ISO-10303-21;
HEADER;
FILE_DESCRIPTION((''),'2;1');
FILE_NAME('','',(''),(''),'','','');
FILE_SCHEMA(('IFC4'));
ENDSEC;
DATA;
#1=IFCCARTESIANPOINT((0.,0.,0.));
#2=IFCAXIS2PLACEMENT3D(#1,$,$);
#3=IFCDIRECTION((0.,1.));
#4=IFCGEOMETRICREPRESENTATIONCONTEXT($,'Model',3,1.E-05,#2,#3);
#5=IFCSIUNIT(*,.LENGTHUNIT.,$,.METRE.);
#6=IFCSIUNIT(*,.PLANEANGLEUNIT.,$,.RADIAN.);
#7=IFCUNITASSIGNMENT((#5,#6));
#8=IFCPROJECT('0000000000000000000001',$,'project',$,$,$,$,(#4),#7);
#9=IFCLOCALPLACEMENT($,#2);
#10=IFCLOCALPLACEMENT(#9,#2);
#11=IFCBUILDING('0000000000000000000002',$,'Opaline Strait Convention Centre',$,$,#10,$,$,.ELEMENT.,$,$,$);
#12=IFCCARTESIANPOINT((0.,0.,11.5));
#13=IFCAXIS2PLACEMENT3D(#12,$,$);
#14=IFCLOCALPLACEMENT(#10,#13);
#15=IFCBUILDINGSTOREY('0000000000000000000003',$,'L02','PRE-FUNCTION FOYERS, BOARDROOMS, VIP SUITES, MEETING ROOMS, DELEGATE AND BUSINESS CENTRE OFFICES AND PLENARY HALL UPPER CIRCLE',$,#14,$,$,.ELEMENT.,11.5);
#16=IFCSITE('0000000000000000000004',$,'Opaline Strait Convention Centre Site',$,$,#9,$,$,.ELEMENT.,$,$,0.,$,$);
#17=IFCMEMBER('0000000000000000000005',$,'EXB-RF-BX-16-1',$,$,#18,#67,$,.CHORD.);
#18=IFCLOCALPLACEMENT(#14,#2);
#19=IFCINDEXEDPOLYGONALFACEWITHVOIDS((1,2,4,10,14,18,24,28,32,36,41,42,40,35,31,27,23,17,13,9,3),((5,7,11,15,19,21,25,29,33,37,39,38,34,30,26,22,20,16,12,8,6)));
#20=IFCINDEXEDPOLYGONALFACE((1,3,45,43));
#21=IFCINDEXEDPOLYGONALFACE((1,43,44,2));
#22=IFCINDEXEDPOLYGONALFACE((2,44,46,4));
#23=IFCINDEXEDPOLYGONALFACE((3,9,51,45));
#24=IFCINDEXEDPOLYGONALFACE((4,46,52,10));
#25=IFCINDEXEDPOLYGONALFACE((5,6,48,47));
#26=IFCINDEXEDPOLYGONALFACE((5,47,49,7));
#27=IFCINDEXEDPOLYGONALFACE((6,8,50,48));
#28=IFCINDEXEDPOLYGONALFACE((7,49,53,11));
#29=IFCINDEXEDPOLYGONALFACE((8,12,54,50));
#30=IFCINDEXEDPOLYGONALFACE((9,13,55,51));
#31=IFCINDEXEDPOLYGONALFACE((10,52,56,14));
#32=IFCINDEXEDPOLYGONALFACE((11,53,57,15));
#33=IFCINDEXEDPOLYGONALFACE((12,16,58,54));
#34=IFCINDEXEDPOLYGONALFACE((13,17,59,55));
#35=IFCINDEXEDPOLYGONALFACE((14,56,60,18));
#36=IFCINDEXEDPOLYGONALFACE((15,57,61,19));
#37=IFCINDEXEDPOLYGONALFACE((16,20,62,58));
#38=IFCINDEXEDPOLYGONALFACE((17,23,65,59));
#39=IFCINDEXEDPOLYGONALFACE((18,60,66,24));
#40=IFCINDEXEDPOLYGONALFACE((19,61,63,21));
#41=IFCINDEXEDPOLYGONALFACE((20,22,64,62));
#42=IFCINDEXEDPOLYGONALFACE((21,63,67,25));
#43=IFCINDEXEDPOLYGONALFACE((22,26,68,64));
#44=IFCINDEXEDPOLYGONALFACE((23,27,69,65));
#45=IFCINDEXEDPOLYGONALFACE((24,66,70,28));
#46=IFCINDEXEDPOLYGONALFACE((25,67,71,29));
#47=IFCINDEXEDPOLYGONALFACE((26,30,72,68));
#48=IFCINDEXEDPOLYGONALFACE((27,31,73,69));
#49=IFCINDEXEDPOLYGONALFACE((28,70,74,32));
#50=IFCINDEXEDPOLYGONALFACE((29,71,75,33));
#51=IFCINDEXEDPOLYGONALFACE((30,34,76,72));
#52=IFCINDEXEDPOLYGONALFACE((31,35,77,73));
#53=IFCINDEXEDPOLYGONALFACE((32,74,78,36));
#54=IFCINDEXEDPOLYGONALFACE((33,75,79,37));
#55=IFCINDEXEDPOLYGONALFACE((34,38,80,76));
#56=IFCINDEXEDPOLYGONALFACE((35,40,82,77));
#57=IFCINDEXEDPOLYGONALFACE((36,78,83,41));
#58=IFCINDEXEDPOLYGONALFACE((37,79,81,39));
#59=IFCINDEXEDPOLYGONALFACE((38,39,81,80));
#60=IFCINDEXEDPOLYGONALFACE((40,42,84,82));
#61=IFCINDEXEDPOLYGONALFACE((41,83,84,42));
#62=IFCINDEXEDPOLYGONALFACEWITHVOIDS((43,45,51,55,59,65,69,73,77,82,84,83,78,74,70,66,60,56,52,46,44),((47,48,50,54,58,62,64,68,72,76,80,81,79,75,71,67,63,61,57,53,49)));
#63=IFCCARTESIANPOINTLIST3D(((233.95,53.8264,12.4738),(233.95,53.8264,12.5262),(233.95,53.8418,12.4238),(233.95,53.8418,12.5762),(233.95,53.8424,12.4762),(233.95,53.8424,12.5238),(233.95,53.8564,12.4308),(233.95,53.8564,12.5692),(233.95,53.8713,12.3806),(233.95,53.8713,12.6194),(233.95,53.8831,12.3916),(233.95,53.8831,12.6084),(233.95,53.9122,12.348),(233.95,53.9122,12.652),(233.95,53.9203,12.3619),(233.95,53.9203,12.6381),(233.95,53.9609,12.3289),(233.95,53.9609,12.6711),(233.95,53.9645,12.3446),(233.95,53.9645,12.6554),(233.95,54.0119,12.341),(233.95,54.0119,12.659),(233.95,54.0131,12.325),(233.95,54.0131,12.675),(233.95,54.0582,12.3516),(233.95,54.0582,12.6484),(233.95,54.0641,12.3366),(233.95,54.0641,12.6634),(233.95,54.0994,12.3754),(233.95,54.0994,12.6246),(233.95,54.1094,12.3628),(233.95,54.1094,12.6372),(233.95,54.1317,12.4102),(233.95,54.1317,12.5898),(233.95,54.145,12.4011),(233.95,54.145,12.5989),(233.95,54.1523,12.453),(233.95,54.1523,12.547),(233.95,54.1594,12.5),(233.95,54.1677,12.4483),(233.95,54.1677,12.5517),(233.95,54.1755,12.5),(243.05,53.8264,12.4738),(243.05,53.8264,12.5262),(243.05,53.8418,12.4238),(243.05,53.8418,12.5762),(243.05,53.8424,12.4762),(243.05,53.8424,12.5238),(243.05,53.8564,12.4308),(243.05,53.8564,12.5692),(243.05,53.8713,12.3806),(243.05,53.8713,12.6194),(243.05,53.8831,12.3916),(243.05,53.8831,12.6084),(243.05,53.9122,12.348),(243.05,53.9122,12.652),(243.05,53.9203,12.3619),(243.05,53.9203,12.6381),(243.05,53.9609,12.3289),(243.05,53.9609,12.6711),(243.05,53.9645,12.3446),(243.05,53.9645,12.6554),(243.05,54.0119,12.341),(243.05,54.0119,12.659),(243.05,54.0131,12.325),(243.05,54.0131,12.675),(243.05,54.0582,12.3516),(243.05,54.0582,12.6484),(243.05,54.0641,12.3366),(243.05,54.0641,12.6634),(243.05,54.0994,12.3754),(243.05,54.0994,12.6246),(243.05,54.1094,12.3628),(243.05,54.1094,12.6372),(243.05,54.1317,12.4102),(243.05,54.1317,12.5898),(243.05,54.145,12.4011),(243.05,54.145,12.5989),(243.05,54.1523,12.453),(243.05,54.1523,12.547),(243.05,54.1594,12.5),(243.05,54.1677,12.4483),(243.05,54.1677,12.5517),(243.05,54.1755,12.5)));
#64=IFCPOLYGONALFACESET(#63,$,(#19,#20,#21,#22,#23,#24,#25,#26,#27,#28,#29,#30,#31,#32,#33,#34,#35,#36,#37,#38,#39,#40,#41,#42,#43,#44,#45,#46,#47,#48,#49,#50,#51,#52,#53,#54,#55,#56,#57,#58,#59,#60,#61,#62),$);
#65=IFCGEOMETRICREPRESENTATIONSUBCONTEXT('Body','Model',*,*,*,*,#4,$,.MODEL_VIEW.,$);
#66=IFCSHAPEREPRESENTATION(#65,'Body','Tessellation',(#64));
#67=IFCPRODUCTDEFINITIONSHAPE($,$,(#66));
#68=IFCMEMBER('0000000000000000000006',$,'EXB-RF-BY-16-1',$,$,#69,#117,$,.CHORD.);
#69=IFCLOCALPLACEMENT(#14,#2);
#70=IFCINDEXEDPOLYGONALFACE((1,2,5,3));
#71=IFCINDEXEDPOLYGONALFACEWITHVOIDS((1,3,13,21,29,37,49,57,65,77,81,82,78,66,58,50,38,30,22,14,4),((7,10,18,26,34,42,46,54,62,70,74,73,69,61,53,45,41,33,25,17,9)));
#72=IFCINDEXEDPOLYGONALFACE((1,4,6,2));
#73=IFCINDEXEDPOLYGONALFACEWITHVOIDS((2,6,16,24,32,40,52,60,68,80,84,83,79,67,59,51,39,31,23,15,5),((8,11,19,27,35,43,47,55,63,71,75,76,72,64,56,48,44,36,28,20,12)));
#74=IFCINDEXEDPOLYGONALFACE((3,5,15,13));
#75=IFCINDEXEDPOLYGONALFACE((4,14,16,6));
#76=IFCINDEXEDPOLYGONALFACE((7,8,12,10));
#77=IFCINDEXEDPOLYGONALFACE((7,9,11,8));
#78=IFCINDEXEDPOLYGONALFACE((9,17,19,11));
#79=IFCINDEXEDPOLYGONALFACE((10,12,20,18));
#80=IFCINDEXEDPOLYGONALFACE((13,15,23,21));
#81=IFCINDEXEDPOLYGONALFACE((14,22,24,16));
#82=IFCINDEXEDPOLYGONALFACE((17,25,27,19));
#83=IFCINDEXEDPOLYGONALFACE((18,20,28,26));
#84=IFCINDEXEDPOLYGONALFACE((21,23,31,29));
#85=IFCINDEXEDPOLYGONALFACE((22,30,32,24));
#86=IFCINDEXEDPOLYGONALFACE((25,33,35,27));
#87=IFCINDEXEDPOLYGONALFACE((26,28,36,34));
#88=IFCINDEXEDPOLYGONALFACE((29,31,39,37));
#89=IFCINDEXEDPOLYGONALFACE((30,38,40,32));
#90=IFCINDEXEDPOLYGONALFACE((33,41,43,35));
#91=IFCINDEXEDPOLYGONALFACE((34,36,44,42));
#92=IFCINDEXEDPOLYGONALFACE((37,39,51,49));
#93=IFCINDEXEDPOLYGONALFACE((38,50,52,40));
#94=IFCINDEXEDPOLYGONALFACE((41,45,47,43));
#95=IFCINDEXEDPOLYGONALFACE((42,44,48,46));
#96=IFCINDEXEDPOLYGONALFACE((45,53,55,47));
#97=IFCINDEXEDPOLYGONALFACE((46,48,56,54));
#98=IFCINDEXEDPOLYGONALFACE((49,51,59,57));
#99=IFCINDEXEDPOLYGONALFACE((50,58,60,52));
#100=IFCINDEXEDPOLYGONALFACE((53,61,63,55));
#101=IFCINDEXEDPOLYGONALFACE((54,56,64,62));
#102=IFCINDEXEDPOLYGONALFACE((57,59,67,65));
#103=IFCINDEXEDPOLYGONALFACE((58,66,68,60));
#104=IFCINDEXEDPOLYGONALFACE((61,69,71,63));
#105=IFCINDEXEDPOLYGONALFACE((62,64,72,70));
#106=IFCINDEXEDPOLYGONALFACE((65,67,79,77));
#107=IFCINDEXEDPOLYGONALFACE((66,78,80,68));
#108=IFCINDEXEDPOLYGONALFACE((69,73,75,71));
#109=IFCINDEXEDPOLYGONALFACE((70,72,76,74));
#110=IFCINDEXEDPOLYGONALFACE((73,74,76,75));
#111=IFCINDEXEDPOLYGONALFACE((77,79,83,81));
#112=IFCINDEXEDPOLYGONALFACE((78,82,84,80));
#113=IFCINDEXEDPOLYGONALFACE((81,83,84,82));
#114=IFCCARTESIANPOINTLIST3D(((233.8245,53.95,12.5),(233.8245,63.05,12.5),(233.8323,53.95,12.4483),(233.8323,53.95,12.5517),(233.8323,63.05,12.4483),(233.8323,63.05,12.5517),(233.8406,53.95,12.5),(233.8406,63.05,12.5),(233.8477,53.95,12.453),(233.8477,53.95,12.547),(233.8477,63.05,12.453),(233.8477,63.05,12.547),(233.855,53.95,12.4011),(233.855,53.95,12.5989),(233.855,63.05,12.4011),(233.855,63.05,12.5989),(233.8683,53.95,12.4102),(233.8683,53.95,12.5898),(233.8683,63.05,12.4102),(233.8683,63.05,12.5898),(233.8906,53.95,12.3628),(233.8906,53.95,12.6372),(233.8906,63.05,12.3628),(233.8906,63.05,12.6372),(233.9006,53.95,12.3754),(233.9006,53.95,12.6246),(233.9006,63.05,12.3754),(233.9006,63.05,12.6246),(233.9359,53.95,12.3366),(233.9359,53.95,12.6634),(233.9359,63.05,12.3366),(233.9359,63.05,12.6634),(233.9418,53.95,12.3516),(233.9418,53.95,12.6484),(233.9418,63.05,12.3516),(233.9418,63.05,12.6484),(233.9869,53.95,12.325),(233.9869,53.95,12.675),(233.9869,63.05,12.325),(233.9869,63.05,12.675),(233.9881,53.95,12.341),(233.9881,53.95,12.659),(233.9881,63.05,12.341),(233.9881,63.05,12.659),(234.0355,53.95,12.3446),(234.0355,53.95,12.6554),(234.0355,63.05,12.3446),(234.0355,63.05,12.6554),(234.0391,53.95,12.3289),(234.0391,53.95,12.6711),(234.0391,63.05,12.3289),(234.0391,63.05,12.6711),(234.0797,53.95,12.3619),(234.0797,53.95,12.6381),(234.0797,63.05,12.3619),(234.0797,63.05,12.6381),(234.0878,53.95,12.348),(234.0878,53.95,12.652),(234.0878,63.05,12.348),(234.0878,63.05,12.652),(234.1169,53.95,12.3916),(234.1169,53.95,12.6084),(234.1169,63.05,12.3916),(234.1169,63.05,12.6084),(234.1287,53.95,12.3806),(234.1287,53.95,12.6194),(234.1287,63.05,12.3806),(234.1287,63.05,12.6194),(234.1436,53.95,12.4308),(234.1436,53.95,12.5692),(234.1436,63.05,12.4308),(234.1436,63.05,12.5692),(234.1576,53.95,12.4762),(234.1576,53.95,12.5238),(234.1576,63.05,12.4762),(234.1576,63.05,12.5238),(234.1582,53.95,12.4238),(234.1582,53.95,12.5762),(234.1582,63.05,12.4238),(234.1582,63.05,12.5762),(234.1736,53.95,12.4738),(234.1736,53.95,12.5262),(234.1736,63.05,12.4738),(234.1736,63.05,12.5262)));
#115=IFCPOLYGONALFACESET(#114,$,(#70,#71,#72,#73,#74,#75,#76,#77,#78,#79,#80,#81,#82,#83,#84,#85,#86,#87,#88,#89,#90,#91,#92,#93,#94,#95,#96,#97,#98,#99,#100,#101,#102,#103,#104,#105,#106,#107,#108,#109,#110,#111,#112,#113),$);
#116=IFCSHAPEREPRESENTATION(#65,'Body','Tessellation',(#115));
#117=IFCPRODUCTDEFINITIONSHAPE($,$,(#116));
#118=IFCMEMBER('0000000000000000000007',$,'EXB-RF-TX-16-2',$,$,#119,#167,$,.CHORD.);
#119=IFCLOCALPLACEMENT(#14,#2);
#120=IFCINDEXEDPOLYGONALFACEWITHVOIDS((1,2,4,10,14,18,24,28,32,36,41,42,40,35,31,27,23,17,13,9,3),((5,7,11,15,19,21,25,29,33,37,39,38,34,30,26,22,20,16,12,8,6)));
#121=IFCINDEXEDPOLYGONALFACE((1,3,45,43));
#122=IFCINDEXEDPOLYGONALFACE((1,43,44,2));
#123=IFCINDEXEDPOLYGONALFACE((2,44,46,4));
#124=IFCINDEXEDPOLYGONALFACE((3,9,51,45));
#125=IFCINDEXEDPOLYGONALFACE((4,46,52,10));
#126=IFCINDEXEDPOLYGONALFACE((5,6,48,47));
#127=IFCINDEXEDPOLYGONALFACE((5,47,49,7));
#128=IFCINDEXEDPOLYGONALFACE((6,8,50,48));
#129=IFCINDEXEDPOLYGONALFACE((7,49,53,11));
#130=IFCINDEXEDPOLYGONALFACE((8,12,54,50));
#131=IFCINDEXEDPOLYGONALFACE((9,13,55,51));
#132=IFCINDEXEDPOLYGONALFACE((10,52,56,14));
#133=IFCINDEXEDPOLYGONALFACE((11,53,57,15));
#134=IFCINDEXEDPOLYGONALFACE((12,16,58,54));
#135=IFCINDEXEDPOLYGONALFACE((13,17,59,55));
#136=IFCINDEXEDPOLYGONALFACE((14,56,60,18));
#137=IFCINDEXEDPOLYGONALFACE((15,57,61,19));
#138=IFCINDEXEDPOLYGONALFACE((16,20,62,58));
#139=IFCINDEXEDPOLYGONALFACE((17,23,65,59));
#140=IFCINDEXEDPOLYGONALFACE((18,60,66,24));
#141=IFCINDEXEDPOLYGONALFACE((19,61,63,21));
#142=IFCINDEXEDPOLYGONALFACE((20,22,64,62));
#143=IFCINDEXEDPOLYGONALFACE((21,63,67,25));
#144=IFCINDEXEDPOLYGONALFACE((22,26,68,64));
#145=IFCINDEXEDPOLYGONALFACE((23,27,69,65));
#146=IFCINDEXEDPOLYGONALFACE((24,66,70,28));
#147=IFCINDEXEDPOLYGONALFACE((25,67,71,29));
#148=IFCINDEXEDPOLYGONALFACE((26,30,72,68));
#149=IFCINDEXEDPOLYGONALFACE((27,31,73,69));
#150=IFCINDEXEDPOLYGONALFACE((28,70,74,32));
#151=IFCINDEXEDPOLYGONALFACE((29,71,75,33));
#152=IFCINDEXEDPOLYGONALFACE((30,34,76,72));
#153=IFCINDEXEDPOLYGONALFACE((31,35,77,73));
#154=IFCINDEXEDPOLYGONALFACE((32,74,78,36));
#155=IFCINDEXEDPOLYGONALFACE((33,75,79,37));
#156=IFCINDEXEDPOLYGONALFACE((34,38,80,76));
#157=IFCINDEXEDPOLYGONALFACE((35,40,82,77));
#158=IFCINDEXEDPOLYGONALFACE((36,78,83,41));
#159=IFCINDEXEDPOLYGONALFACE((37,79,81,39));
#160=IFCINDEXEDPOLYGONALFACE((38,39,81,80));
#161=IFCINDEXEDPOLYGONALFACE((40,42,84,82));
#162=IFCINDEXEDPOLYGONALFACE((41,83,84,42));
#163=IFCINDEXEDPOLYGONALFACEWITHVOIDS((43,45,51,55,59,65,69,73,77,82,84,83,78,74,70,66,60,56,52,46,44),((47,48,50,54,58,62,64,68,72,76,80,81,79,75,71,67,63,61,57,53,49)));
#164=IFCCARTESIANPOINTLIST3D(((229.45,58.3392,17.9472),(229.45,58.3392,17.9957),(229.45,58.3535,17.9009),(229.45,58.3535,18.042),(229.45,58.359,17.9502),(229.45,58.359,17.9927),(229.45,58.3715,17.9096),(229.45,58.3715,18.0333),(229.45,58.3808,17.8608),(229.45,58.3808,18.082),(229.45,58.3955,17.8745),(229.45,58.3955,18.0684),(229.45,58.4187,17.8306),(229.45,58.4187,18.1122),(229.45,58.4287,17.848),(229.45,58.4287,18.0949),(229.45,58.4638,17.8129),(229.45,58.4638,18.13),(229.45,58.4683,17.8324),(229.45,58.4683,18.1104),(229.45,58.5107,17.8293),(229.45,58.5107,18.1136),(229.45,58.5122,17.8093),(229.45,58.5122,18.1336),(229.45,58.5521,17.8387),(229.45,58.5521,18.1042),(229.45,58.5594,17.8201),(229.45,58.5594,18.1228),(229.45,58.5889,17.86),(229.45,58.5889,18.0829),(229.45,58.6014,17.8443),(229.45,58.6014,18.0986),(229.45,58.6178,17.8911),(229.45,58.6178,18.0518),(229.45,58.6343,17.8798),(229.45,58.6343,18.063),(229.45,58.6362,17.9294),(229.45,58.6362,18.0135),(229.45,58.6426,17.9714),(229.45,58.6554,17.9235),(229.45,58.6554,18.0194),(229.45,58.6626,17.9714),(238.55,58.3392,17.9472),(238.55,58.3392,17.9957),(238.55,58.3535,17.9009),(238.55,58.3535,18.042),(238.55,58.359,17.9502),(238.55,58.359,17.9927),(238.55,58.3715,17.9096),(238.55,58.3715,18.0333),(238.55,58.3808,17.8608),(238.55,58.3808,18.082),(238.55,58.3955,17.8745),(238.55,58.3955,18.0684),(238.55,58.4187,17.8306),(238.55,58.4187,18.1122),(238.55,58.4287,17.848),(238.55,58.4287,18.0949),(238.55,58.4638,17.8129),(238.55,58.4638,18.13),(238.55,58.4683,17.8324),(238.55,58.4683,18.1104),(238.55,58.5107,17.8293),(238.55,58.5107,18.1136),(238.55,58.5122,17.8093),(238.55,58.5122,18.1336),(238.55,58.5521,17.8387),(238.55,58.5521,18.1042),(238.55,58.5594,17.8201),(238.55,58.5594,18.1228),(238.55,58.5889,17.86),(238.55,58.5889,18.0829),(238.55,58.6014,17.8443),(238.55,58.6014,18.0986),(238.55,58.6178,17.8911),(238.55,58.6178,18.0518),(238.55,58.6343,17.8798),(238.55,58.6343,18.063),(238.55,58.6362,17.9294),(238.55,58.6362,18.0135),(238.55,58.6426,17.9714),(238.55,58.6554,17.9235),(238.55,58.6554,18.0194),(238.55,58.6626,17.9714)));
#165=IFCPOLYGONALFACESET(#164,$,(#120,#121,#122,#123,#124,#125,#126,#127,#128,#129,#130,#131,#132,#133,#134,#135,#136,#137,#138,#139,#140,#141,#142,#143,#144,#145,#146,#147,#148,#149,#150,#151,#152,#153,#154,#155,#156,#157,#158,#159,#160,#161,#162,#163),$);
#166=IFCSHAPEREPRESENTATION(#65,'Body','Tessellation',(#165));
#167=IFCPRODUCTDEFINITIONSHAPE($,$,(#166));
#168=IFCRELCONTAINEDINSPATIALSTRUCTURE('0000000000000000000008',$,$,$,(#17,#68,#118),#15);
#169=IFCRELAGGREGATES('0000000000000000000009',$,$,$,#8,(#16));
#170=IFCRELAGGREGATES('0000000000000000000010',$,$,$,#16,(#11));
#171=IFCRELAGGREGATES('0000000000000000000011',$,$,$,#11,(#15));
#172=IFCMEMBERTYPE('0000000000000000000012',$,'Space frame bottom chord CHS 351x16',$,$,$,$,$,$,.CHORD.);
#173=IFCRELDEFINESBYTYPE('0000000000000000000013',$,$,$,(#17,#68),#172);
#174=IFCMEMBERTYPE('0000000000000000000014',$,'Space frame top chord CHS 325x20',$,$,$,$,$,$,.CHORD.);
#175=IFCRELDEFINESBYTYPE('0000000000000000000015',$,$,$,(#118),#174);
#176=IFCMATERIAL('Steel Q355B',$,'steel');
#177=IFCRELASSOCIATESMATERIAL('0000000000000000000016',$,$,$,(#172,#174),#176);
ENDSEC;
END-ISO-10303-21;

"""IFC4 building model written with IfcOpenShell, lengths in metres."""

from ifc_helpers import new_model, si_unit, direction, frame, origin, origin_2d, place, context, subcontext, project, spatial, hollow_circle, extrude, material, material_profile, profile_set, type_object, element, save


model = new_model("IFC4")

# Units and contexts
model_context = context("Model", 3, precision=1e-05, world=origin(), true_north=direction((0.0, 1.0)))
body_context = subcontext(model_context, "Body", "Model", "MODEL_VIEW")
ifc_project = project(units=[si_unit("LENGTHUNIT", "METRE"), si_unit("PLANEANGLEUNIT", "RADIAN")], contexts=[model_context])

# Site, building, storey
site_placement = place(None, origin())
site = spatial("IfcSite", under=ifc_project, at=site_placement, Name="Opaline Strait Convention Centre Site", CompositionType="ELEMENT", RefElevation=0.0)
building_placement = place(site_placement, origin())
building = spatial("IfcBuilding", under=site, at=building_placement, Name="Opaline Strait Convention Centre", CompositionType="ELEMENT")
storey_placement = place(building_placement, frame((0.0, 0.0, 11.5)))
storey = spatial("IfcBuildingStorey", under=building, at=storey_placement, Name="L02", Description="PRE-FUNCTION FOYERS, BOARDROOMS, VIP SUITES, MEETING ROOMS, DELEGATE AND BUSINESS CENTRE OFFICES AND PLENARY HALL UPPER CIRCLE", CompositionType="ELEMENT", Elevation=11.5)

# Members
ifc_material_1 = material(Name="Steel Q355B", Category="steel")
ifc_material_profile_1 = material_profile(ifc_material_1, hollow_circle(Radius=0.1755, WallThickness=0.0161, at=origin_2d()), Name="CHS 351x16")
ifc_profile_set_1 = profile_set([ifc_material_profile_1], Name="Steel Q355B")
member_type_1 = type_object("IfcMemberType", Name="Space frame bottom chord CHS 351x16", PredefinedType="CHORD", material=ifc_profile_set_1)
for number, where, z_axis, x_axis, name in (
    (1, (233.95, 54.0, 12.5), (1.0, 0.0, 0.0), (0.0, 1.0, 0.0), "EXB-RF-BX-16-1"),
    (2, (234.0, 53.95, 12.5), (0.0, 1.0, 0.0), (-1.0, 0.0, 0.0), "EXB-RF-BY-16-1"),
):
    element("IfcMember", number, at=place(storey_placement, frame(where, z_axis=z_axis, x_axis=x_axis)), inside=storey, type_object=member_type_1, Name=name, PredefinedType="CHORD", context=body_context, shape_type="SweptSolid", body=[
        extrude(hollow_circle(Radius=0.1755, WallThickness=0.0161, at=origin_2d()), origin(), (0.0, 0.0, 1.0), 9.1001),
    ])
ifc_material_profile_2 = material_profile(ifc_material_1, hollow_circle(Radius=0.1626, WallThickness=0.02, at=origin_2d()), Name="CHS 325x20")
ifc_profile_set_2 = profile_set([ifc_material_profile_2], Name="Steel Q355B")
member_type_2 = type_object("IfcMemberType", Name="Space frame top chord CHS 325x20", PredefinedType="CHORD", material=ifc_profile_set_2)
for number, where, z_axis, x_axis, name in (
    (3, (229.45, 58.5, 17.9714), (1.0, 0.0, 0.0), (0.0, 1.0, 0.0), "EXB-RF-TX-16-2"),
):
    element("IfcMember", number, at=place(storey_placement, frame(where, z_axis=z_axis, x_axis=x_axis)), inside=storey, type_object=member_type_2, Name=name, PredefinedType="CHORD", context=body_context, shape_type="SweptSolid", body=[
        extrude(hollow_circle(Radius=0.1626, WallThickness=0.02, at=origin_2d()), origin(), (0.0, 0.0, 1.0), 9.1001),
    ])

save(model, "model.ifc")
